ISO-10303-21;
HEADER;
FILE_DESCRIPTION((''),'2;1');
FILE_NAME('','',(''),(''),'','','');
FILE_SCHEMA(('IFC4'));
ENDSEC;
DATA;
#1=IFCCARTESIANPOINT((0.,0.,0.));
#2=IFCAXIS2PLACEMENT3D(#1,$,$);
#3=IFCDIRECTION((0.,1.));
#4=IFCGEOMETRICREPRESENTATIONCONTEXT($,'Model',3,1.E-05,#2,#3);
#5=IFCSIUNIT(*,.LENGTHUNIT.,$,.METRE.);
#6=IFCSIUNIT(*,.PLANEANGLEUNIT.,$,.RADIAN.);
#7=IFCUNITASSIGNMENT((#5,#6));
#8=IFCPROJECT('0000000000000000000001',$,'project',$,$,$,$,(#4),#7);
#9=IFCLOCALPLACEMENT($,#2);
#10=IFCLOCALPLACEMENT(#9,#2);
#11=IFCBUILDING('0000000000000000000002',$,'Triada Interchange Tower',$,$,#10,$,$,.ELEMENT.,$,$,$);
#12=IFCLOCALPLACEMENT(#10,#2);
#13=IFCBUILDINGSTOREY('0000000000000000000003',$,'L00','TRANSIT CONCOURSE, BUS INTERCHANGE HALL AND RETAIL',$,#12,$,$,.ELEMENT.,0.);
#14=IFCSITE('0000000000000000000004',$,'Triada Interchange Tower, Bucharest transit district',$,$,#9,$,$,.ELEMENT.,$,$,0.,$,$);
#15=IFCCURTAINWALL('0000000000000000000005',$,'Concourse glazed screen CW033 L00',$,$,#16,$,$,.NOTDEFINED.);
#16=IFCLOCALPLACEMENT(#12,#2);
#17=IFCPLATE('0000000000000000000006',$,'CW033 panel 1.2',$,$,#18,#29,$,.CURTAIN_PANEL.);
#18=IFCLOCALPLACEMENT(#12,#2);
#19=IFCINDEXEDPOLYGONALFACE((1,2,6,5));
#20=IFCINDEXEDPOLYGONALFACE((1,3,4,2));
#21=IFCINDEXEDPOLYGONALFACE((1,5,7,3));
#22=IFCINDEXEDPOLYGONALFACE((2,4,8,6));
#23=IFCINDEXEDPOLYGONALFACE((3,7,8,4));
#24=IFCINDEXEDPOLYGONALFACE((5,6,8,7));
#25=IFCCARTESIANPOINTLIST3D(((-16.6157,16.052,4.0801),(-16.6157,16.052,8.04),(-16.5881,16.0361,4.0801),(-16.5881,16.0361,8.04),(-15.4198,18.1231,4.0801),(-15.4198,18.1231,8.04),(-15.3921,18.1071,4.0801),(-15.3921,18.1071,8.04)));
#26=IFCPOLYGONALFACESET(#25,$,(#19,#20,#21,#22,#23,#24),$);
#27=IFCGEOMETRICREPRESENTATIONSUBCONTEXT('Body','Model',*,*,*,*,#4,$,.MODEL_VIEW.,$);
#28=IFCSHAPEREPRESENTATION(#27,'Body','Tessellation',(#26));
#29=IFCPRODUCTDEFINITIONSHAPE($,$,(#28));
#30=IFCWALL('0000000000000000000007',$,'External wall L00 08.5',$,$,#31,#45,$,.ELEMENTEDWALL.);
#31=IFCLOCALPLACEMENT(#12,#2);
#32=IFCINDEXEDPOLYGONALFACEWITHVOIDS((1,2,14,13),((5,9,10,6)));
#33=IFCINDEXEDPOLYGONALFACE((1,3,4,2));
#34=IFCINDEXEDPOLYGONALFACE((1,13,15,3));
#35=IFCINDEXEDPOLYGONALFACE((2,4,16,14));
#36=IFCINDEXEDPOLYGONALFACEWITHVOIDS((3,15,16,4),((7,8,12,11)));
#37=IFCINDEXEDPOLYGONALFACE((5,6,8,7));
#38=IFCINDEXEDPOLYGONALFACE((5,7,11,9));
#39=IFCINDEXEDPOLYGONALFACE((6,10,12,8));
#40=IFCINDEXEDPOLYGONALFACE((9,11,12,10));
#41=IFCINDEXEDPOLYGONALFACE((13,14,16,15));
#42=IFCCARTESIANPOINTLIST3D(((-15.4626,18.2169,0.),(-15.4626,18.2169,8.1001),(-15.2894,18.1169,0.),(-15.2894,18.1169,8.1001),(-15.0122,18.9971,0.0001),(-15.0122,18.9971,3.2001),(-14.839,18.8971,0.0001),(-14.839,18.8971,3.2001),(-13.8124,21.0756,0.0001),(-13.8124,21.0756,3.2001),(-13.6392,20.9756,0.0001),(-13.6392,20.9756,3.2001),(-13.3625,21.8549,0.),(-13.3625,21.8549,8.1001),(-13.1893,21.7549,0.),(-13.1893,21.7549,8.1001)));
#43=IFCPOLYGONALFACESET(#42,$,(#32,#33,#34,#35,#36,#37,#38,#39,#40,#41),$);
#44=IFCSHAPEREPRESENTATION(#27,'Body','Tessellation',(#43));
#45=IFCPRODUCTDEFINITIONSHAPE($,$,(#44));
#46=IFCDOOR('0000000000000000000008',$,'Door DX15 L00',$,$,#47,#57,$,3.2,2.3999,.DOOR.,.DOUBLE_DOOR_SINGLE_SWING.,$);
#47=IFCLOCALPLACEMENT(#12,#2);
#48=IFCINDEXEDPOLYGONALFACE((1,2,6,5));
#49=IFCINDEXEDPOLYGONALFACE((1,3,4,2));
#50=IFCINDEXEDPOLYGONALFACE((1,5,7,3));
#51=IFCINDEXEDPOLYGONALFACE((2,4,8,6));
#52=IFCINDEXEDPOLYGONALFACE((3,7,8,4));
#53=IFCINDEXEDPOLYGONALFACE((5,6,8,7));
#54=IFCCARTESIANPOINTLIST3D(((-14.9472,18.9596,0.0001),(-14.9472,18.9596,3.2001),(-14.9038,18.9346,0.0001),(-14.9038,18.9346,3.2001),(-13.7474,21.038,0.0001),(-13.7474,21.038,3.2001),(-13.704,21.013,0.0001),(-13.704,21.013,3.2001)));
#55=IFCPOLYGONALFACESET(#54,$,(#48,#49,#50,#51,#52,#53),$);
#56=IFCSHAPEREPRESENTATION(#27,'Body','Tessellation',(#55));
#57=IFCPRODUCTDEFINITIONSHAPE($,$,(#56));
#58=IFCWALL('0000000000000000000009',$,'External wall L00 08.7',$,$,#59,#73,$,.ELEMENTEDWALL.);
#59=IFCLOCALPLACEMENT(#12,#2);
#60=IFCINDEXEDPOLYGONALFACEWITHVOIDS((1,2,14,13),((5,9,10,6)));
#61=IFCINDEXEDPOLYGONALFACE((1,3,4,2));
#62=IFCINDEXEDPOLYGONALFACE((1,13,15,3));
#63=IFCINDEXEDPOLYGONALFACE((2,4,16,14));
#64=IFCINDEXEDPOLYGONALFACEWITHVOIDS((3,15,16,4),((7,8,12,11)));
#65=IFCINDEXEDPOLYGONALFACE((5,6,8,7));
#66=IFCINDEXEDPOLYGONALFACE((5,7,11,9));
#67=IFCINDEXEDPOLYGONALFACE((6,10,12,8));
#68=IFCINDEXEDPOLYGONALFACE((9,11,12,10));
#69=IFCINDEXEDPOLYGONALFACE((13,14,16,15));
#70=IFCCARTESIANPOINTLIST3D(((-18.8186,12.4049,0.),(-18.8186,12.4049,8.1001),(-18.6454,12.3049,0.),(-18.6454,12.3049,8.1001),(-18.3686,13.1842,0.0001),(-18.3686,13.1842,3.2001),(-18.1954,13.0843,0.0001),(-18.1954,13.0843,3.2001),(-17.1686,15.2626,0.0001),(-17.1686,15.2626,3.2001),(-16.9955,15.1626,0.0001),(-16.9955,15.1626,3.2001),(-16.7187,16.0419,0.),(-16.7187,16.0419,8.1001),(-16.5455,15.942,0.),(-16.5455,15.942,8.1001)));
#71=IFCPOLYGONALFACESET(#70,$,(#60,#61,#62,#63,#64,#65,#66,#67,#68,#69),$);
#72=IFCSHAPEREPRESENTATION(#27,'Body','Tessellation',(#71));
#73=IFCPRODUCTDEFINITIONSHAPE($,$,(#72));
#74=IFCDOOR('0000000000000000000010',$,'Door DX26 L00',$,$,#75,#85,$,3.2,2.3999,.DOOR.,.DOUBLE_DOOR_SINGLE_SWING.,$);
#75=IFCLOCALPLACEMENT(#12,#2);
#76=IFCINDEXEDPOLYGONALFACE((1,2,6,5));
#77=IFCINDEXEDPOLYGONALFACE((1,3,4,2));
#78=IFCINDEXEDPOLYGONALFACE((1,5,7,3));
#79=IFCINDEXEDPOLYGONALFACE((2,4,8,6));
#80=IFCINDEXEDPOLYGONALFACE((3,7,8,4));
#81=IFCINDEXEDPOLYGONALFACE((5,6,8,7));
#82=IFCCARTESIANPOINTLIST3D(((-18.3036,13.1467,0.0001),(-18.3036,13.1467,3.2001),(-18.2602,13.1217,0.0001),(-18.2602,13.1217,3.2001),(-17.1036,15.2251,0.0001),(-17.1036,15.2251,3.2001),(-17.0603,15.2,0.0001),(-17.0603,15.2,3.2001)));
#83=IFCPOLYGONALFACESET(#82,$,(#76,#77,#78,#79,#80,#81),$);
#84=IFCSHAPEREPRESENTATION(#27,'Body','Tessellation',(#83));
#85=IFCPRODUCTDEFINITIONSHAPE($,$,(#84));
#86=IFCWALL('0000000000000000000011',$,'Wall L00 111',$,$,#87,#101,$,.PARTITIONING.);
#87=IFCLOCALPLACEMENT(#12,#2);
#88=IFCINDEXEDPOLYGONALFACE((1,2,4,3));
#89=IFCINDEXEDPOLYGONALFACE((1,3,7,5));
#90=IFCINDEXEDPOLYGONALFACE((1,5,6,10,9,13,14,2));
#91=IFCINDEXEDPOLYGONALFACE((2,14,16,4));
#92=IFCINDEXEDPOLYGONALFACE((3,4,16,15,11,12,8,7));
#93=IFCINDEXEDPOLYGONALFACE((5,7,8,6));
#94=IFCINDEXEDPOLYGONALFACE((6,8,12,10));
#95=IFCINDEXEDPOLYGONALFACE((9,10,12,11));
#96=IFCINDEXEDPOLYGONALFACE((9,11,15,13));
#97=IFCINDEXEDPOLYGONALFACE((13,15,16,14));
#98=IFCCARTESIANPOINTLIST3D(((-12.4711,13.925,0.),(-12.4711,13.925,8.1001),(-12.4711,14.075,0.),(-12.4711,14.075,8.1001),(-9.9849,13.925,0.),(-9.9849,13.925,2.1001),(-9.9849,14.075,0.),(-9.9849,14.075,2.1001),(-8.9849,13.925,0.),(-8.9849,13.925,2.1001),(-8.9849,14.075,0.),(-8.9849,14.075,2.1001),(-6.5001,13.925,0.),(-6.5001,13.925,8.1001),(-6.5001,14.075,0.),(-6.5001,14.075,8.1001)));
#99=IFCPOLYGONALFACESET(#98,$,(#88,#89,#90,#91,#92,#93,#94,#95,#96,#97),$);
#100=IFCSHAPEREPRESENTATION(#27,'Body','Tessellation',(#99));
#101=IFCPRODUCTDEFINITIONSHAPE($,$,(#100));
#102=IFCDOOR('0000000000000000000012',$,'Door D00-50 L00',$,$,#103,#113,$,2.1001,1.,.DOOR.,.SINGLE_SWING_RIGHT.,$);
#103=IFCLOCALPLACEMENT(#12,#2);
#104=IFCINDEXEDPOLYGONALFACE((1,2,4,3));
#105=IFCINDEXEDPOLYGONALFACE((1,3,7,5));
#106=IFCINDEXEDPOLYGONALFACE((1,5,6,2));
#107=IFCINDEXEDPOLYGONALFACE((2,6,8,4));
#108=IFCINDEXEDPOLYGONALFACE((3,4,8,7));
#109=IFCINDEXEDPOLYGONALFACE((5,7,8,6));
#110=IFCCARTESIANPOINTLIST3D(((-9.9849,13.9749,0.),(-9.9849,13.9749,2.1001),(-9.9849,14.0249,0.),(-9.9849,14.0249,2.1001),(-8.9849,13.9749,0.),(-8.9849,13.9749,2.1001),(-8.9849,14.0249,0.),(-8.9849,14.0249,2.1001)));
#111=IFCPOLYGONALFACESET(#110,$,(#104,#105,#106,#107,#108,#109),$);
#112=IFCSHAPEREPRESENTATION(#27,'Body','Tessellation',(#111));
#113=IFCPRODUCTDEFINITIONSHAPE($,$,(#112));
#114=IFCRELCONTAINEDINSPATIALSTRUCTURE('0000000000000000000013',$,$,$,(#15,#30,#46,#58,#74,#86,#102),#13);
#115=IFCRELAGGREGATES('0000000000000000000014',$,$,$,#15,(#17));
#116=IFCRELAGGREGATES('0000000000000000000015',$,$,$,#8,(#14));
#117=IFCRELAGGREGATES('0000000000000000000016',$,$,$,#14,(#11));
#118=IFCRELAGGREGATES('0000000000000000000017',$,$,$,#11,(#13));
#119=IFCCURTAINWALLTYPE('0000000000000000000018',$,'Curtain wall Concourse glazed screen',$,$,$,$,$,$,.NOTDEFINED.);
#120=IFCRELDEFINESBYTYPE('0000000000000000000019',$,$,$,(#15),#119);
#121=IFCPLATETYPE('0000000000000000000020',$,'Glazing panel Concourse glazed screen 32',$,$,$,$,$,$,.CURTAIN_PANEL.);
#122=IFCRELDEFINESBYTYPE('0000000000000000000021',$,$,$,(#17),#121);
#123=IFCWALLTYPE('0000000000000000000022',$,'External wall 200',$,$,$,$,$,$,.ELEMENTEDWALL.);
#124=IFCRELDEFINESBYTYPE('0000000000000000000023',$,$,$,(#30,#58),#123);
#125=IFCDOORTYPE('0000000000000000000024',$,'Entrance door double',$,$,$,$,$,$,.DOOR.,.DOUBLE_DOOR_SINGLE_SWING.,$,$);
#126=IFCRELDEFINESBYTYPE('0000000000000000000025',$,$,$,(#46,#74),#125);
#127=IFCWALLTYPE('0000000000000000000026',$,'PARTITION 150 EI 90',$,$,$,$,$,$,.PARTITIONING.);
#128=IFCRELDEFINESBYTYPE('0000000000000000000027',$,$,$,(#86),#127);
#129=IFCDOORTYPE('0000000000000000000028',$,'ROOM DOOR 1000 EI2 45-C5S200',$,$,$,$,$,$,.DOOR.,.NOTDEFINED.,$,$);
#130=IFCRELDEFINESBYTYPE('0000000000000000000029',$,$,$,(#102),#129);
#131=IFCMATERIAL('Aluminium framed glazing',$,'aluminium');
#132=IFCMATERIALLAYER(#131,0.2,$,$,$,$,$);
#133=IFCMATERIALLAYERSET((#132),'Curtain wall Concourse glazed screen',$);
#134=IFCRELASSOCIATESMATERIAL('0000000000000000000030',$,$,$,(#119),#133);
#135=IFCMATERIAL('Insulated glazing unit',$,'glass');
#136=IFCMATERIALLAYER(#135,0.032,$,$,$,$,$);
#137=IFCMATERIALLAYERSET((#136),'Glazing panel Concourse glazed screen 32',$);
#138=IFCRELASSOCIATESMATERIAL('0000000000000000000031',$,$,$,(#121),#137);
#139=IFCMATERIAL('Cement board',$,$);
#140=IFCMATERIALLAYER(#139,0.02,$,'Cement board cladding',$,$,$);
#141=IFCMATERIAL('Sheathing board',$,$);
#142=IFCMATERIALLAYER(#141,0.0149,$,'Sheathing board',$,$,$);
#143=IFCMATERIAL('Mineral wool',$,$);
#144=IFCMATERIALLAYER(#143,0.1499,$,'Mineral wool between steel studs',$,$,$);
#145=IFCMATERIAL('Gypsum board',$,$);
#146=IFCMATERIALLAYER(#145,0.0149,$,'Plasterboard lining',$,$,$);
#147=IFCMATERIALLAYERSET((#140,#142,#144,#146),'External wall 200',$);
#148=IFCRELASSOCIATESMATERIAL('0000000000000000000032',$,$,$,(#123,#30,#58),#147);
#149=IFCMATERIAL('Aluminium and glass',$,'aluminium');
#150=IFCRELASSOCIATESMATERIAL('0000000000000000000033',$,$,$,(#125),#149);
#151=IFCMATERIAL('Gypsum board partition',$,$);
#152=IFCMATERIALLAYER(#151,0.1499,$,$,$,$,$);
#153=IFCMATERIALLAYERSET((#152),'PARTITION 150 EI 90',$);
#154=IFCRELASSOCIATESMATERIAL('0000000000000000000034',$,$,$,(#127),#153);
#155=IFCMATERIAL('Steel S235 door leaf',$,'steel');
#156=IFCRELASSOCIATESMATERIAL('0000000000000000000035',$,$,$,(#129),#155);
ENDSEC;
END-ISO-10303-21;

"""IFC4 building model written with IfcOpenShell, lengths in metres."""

from ifc_helpers import new_model, si_unit, direction, frame, frame_2d, origin, origin_2d, place, context, subcontext, project, spatial, rectangle, extrude, material, layer, layer_set, layer_usage, type_object, element, fill, aggregate, save


model = new_model("IFC4")

# Units and contexts
model_context = context("Model", 3, precision=1e-05, world=origin(), true_north=direction((0.0, 1.0)))
body_context = subcontext(model_context, "Body", "Model", "MODEL_VIEW")
ifc_project = project(units=[si_unit("LENGTHUNIT", "METRE"), si_unit("PLANEANGLEUNIT", "RADIAN")], contexts=[model_context])

# Site, building, storey
site_placement = place(None, origin())
site = spatial("IfcSite", under=ifc_project, at=site_placement, Name="Triada Interchange Tower, Bucharest transit district", CompositionType="ELEMENT", RefElevation=0.0)
building_placement = place(site_placement, origin())
building = spatial("IfcBuilding", under=site, at=building_placement, Name="Triada Interchange Tower", CompositionType="ELEMENT")
storey_placement = place(building_placement, origin())
storey = spatial("IfcBuildingStorey", under=building, at=storey_placement, Name="L00", Description="TRANSIT CONCOURSE, BUS INTERCHANGE HALL AND RETAIL", CompositionType="ELEMENT", Elevation=0.0)

# Shared definitions
ifc_material_1 = material(Name="Aluminium framed glazing", Category="aluminium")
ifc_layer_1 = layer(ifc_material_1, 0.2)
ifc_layer_set_1 = layer_set([ifc_layer_1], Name="Curtain wall Concourse glazed screen")
curtain_wall_type = type_object("IfcCurtainWallType", Name="Curtain wall Concourse glazed screen", PredefinedType="NOTDEFINED", material=ifc_layer_set_1)

# Curtain wall
curtain_wall_1_placement = place(storey_placement, origin())
curtain_wall_1 = element("IfcCurtainWall", 1, at=curtain_wall_1_placement, inside=storey, type_object=curtain_wall_type, Name="Concourse glazed screen CW033 L00", PredefinedType="NOTDEFINED")

# Plate
ifc_material_2 = material(Name="Insulated glazing unit", Category="glass")
ifc_layer_2 = layer(ifc_material_2, 0.032)
ifc_layer_set_2 = layer_set([ifc_layer_2], Name="Glazing panel Concourse glazed screen 32")
plate_type = type_object("IfcPlateType", Name="Glazing panel Concourse glazed screen 32", PredefinedType="CURTAIN_PANEL", material=ifc_layer_set_2)
plate_1_placement = place(storey_placement, frame((-16.0039, 17.0796, 4.0801), z_axis=(0.0, 0.0, 1.0), x_axis=(-0.500079, -0.86598, 0.0)))
plate_1 = element("IfcPlate", 2, at=plate_1_placement, type_object=plate_type, Name="CW033 panel 1.2", PredefinedType="CURTAIN_PANEL", context=body_context, shape_type="SweptSolid", body=[
    extrude(rectangle(XDim=2.3916, YDim=0.032, at=origin_2d()), origin(), (0.0, 0.0, 1.0), 3.96),
])
aggregate(curtain_wall_1, [plate_1])

# Walls, openings, doors
ifc_material_3 = material(Name="Cement board")
ifc_layer_3 = layer(ifc_material_3, 0.02, Name="Cement board cladding")
ifc_material_4 = material(Name="Sheathing board")
ifc_layer_4 = layer(ifc_material_4, 0.0149, Name="Sheathing board")
ifc_material_5 = material(Name="Mineral wool")
ifc_layer_5 = layer(ifc_material_5, 0.1499, Name="Mineral wool between steel studs")
ifc_material_6 = material(Name="Gypsum board")
ifc_layer_6 = layer(ifc_material_6, 0.0149, Name="Plasterboard lining")
ifc_layer_set_3 = layer_set([ifc_layer_3, ifc_layer_4, ifc_layer_5, ifc_layer_6], Name="External wall 200")
ifc_layer_usage = layer_usage(ifc_layer_set_3, "AXIS2", "POSITIVE", -0.1001)
wall_type_1 = type_object("IfcWallType", Name="External wall 200", PredefinedType="ELEMENTEDWALL", material=ifc_layer_set_3)
wall_1_placement = place(storey_placement, frame((-13.2759, 21.8049, 0.0), z_axis=(0.0, 0.0, 1.0), x_axis=(-0.499952, -0.866053, 0.0)))
wall_1 = element("IfcWall", 3, at=wall_1_placement, inside=storey, type_object=wall_type_1, material=ifc_layer_usage, Name="External wall L00 08.5", PredefinedType="ELEMENTEDWALL", context=body_context, shape_type="SweptSolid", body=[
    extrude(rectangle(XDim=4.2007, YDim=0.2, at=frame_2d((2.1003, 0.0))), origin(), (0.0, 0.0, 1.0), 8.1001),
])
opening_1_placement = place(wall_1_placement, frame((0.8999, 0.0, 0.0)))
opening_1 = element("IfcOpeningElement", 4, at=opening_1_placement, cuts=wall_1, PredefinedType="OPENING", context=body_context, shape_type="SweptSolid", body=[
    extrude(rectangle(XDim=2.3999, YDim=3.2, at=frame_2d((1.2, 1.6001))), frame((0.0, 0.1099, 0.0), z_axis=(0.0, -1.0, 0.0), x_axis=(1.0, 0.0, 0.0)), (0.0, 0.0, 1.0), 0.22),
])
ifc_material_7 = material(Name="Aluminium and glass", Category="aluminium")
door_type_1 = type_object("IfcDoorType", Name="Entrance door double", OperationType="DOUBLE_DOOR_SINGLE_SWING", PredefinedType="DOOR", material=ifc_material_7)
door_1_placement = place(opening_1_placement, frame((2.3999, 0.0, 0.0), z_axis=(0.0, 0.0, 1.0), x_axis=(-1.0, 0.0, 0.0)))
door_1 = element("IfcDoor", 5, at=door_1_placement, inside=storey, type_object=door_type_1, Name="Door DX15 L00", OperationType="DOUBLE_DOOR_SINGLE_SWING", OverallHeight=3.2, OverallWidth=2.3999, PredefinedType="DOOR", context=body_context, shape_type="SweptSolid", body=[
    extrude(rectangle(XDim=2.3999, YDim=3.2, at=frame_2d((1.2, 1.6001))), frame((0.0, 0.0249, 0.0), z_axis=(0.0, -1.0, 0.0), x_axis=(1.0, 0.0, 0.0)), (0.0, 0.0, 1.0), 0.05),
])
fill(opening_1, door_1)
wall_2_placement = place(storey_placement, frame((-16.6321, 15.9919, 0.0), z_axis=(0.0, 0.0, 1.0), x_axis=(-0.500009, -0.86602, 0.0)))
wall_2 = element("IfcWall", 6, at=wall_2_placement, inside=storey, type_object=wall_type_1, material=ifc_layer_usage, Name="External wall L00 08.7", PredefinedType="ELEMENTEDWALL", context=body_context, shape_type="SweptSolid", body=[
    extrude(rectangle(XDim=4.1997, YDim=0.2, at=frame_2d((2.0999, 0.0))), origin(), (0.0, 0.0, 1.0), 8.1001),
])
opening_2_placement = place(wall_2_placement, frame((0.8999, 0.0, 0.0)))
opening_2 = element("IfcOpeningElement", 7, at=opening_2_placement, cuts=wall_2, PredefinedType="OPENING", context=body_context, shape_type="SweptSolid", body=[
    extrude(rectangle(XDim=2.3999, YDim=3.2, at=frame_2d((1.2, 1.6001))), frame((0.0, 0.1099, 0.0), z_axis=(0.0, -1.0, 0.0), x_axis=(1.0, 0.0, 0.0)), (0.0, 0.0, 1.0), 0.22),
])
door_2_placement = place(opening_2_placement, frame((2.3999, 0.0, 0.0), z_axis=(0.0, 0.0, 1.0), x_axis=(-1.0, 0.0, 0.0)))
door_2 = element("IfcDoor", 8, at=door_2_placement, inside=storey, type_object=door_type_1, Name="Door DX26 L00", OperationType="DOUBLE_DOOR_SINGLE_SWING", OverallHeight=3.2, OverallWidth=2.3999, PredefinedType="DOOR", context=body_context, shape_type="SweptSolid", body=[
    extrude(rectangle(XDim=2.3999, YDim=3.2, at=frame_2d((1.2, 1.6001))), frame((0.0, 0.0249, 0.0), z_axis=(0.0, -1.0, 0.0), x_axis=(1.0, 0.0, 0.0)), (0.0, 0.0, 1.0), 0.05),
])
fill(opening_2, door_2)
ifc_material_8 = material(Name="Gypsum board partition")
ifc_layer_7 = layer(ifc_material_8, 0.1499)
ifc_layer_set_4 = layer_set([ifc_layer_7], Name="PARTITION 150 EI 90")
wall_type_2 = type_object("IfcWallType", Name="PARTITION 150 EI 90", PredefinedType="PARTITIONING", material=ifc_layer_set_4)
wall_3_placement = place(storey_placement, frame((-12.4709, 14.0, 0.0), z_axis=(0.0, 0.0, 1.0), x_axis=(1.0, 0.0, 0.0)))
wall_3 = element("IfcWall", 9, at=wall_3_placement, inside=storey, type_object=wall_type_2, Name="Wall L00 111", PredefinedType="PARTITIONING", context=body_context, shape_type="SweptSolid", body=[
    extrude(rectangle(XDim=5.9709, YDim=0.1499, at=frame_2d((2.9854, 0.0))), origin(), (0.0, 0.0, 1.0), 8.1001),
])
opening_3_placement = place(wall_3_placement, frame((2.4861, 0.0, 0.0)))
opening_3 = element("IfcOpeningElement", 10, at=opening_3_placement, cuts=wall_3, PredefinedType="OPENING", context=body_context, shape_type="SweptSolid", body=[
    extrude(rectangle(XDim=1.0, YDim=2.1001, at=frame_2d((0.5, 1.05))), frame((0.0, 0.085, 0.0), z_axis=(0.0, -1.0, 0.0), x_axis=(1.0, 0.0, 0.0)), (0.0, 0.0, 1.0), 0.1699),
])
ifc_material_9 = material(Name="Steel S235 door leaf", Category="steel")
door_type_2 = type_object("IfcDoorType", Name="ROOM DOOR 1000 EI2 45-C5S200", OperationType="NOTDEFINED", PredefinedType="DOOR", material=ifc_material_9)
door_3_placement = place(opening_3_placement, origin())
door_3 = element("IfcDoor", 11, at=door_3_placement, inside=storey, type_object=door_type_2, Name="Door D00-50 L00", OperationType="SINGLE_SWING_RIGHT", OverallHeight=2.1001, OverallWidth=1.0, PredefinedType="DOOR", context=body_context, shape_type="SweptSolid", body=[
    extrude(rectangle(XDim=1.0, YDim=2.1001, at=frame_2d((0.5, 1.05))), frame((0.0, 0.0249, 0.0), z_axis=(0.0, -1.0, 0.0), x_axis=(1.0, 0.0, 0.0)), (0.0, 0.0, 1.0), 0.05),
])
fill(opening_3, door_3)

save(model, "model.ifc")
